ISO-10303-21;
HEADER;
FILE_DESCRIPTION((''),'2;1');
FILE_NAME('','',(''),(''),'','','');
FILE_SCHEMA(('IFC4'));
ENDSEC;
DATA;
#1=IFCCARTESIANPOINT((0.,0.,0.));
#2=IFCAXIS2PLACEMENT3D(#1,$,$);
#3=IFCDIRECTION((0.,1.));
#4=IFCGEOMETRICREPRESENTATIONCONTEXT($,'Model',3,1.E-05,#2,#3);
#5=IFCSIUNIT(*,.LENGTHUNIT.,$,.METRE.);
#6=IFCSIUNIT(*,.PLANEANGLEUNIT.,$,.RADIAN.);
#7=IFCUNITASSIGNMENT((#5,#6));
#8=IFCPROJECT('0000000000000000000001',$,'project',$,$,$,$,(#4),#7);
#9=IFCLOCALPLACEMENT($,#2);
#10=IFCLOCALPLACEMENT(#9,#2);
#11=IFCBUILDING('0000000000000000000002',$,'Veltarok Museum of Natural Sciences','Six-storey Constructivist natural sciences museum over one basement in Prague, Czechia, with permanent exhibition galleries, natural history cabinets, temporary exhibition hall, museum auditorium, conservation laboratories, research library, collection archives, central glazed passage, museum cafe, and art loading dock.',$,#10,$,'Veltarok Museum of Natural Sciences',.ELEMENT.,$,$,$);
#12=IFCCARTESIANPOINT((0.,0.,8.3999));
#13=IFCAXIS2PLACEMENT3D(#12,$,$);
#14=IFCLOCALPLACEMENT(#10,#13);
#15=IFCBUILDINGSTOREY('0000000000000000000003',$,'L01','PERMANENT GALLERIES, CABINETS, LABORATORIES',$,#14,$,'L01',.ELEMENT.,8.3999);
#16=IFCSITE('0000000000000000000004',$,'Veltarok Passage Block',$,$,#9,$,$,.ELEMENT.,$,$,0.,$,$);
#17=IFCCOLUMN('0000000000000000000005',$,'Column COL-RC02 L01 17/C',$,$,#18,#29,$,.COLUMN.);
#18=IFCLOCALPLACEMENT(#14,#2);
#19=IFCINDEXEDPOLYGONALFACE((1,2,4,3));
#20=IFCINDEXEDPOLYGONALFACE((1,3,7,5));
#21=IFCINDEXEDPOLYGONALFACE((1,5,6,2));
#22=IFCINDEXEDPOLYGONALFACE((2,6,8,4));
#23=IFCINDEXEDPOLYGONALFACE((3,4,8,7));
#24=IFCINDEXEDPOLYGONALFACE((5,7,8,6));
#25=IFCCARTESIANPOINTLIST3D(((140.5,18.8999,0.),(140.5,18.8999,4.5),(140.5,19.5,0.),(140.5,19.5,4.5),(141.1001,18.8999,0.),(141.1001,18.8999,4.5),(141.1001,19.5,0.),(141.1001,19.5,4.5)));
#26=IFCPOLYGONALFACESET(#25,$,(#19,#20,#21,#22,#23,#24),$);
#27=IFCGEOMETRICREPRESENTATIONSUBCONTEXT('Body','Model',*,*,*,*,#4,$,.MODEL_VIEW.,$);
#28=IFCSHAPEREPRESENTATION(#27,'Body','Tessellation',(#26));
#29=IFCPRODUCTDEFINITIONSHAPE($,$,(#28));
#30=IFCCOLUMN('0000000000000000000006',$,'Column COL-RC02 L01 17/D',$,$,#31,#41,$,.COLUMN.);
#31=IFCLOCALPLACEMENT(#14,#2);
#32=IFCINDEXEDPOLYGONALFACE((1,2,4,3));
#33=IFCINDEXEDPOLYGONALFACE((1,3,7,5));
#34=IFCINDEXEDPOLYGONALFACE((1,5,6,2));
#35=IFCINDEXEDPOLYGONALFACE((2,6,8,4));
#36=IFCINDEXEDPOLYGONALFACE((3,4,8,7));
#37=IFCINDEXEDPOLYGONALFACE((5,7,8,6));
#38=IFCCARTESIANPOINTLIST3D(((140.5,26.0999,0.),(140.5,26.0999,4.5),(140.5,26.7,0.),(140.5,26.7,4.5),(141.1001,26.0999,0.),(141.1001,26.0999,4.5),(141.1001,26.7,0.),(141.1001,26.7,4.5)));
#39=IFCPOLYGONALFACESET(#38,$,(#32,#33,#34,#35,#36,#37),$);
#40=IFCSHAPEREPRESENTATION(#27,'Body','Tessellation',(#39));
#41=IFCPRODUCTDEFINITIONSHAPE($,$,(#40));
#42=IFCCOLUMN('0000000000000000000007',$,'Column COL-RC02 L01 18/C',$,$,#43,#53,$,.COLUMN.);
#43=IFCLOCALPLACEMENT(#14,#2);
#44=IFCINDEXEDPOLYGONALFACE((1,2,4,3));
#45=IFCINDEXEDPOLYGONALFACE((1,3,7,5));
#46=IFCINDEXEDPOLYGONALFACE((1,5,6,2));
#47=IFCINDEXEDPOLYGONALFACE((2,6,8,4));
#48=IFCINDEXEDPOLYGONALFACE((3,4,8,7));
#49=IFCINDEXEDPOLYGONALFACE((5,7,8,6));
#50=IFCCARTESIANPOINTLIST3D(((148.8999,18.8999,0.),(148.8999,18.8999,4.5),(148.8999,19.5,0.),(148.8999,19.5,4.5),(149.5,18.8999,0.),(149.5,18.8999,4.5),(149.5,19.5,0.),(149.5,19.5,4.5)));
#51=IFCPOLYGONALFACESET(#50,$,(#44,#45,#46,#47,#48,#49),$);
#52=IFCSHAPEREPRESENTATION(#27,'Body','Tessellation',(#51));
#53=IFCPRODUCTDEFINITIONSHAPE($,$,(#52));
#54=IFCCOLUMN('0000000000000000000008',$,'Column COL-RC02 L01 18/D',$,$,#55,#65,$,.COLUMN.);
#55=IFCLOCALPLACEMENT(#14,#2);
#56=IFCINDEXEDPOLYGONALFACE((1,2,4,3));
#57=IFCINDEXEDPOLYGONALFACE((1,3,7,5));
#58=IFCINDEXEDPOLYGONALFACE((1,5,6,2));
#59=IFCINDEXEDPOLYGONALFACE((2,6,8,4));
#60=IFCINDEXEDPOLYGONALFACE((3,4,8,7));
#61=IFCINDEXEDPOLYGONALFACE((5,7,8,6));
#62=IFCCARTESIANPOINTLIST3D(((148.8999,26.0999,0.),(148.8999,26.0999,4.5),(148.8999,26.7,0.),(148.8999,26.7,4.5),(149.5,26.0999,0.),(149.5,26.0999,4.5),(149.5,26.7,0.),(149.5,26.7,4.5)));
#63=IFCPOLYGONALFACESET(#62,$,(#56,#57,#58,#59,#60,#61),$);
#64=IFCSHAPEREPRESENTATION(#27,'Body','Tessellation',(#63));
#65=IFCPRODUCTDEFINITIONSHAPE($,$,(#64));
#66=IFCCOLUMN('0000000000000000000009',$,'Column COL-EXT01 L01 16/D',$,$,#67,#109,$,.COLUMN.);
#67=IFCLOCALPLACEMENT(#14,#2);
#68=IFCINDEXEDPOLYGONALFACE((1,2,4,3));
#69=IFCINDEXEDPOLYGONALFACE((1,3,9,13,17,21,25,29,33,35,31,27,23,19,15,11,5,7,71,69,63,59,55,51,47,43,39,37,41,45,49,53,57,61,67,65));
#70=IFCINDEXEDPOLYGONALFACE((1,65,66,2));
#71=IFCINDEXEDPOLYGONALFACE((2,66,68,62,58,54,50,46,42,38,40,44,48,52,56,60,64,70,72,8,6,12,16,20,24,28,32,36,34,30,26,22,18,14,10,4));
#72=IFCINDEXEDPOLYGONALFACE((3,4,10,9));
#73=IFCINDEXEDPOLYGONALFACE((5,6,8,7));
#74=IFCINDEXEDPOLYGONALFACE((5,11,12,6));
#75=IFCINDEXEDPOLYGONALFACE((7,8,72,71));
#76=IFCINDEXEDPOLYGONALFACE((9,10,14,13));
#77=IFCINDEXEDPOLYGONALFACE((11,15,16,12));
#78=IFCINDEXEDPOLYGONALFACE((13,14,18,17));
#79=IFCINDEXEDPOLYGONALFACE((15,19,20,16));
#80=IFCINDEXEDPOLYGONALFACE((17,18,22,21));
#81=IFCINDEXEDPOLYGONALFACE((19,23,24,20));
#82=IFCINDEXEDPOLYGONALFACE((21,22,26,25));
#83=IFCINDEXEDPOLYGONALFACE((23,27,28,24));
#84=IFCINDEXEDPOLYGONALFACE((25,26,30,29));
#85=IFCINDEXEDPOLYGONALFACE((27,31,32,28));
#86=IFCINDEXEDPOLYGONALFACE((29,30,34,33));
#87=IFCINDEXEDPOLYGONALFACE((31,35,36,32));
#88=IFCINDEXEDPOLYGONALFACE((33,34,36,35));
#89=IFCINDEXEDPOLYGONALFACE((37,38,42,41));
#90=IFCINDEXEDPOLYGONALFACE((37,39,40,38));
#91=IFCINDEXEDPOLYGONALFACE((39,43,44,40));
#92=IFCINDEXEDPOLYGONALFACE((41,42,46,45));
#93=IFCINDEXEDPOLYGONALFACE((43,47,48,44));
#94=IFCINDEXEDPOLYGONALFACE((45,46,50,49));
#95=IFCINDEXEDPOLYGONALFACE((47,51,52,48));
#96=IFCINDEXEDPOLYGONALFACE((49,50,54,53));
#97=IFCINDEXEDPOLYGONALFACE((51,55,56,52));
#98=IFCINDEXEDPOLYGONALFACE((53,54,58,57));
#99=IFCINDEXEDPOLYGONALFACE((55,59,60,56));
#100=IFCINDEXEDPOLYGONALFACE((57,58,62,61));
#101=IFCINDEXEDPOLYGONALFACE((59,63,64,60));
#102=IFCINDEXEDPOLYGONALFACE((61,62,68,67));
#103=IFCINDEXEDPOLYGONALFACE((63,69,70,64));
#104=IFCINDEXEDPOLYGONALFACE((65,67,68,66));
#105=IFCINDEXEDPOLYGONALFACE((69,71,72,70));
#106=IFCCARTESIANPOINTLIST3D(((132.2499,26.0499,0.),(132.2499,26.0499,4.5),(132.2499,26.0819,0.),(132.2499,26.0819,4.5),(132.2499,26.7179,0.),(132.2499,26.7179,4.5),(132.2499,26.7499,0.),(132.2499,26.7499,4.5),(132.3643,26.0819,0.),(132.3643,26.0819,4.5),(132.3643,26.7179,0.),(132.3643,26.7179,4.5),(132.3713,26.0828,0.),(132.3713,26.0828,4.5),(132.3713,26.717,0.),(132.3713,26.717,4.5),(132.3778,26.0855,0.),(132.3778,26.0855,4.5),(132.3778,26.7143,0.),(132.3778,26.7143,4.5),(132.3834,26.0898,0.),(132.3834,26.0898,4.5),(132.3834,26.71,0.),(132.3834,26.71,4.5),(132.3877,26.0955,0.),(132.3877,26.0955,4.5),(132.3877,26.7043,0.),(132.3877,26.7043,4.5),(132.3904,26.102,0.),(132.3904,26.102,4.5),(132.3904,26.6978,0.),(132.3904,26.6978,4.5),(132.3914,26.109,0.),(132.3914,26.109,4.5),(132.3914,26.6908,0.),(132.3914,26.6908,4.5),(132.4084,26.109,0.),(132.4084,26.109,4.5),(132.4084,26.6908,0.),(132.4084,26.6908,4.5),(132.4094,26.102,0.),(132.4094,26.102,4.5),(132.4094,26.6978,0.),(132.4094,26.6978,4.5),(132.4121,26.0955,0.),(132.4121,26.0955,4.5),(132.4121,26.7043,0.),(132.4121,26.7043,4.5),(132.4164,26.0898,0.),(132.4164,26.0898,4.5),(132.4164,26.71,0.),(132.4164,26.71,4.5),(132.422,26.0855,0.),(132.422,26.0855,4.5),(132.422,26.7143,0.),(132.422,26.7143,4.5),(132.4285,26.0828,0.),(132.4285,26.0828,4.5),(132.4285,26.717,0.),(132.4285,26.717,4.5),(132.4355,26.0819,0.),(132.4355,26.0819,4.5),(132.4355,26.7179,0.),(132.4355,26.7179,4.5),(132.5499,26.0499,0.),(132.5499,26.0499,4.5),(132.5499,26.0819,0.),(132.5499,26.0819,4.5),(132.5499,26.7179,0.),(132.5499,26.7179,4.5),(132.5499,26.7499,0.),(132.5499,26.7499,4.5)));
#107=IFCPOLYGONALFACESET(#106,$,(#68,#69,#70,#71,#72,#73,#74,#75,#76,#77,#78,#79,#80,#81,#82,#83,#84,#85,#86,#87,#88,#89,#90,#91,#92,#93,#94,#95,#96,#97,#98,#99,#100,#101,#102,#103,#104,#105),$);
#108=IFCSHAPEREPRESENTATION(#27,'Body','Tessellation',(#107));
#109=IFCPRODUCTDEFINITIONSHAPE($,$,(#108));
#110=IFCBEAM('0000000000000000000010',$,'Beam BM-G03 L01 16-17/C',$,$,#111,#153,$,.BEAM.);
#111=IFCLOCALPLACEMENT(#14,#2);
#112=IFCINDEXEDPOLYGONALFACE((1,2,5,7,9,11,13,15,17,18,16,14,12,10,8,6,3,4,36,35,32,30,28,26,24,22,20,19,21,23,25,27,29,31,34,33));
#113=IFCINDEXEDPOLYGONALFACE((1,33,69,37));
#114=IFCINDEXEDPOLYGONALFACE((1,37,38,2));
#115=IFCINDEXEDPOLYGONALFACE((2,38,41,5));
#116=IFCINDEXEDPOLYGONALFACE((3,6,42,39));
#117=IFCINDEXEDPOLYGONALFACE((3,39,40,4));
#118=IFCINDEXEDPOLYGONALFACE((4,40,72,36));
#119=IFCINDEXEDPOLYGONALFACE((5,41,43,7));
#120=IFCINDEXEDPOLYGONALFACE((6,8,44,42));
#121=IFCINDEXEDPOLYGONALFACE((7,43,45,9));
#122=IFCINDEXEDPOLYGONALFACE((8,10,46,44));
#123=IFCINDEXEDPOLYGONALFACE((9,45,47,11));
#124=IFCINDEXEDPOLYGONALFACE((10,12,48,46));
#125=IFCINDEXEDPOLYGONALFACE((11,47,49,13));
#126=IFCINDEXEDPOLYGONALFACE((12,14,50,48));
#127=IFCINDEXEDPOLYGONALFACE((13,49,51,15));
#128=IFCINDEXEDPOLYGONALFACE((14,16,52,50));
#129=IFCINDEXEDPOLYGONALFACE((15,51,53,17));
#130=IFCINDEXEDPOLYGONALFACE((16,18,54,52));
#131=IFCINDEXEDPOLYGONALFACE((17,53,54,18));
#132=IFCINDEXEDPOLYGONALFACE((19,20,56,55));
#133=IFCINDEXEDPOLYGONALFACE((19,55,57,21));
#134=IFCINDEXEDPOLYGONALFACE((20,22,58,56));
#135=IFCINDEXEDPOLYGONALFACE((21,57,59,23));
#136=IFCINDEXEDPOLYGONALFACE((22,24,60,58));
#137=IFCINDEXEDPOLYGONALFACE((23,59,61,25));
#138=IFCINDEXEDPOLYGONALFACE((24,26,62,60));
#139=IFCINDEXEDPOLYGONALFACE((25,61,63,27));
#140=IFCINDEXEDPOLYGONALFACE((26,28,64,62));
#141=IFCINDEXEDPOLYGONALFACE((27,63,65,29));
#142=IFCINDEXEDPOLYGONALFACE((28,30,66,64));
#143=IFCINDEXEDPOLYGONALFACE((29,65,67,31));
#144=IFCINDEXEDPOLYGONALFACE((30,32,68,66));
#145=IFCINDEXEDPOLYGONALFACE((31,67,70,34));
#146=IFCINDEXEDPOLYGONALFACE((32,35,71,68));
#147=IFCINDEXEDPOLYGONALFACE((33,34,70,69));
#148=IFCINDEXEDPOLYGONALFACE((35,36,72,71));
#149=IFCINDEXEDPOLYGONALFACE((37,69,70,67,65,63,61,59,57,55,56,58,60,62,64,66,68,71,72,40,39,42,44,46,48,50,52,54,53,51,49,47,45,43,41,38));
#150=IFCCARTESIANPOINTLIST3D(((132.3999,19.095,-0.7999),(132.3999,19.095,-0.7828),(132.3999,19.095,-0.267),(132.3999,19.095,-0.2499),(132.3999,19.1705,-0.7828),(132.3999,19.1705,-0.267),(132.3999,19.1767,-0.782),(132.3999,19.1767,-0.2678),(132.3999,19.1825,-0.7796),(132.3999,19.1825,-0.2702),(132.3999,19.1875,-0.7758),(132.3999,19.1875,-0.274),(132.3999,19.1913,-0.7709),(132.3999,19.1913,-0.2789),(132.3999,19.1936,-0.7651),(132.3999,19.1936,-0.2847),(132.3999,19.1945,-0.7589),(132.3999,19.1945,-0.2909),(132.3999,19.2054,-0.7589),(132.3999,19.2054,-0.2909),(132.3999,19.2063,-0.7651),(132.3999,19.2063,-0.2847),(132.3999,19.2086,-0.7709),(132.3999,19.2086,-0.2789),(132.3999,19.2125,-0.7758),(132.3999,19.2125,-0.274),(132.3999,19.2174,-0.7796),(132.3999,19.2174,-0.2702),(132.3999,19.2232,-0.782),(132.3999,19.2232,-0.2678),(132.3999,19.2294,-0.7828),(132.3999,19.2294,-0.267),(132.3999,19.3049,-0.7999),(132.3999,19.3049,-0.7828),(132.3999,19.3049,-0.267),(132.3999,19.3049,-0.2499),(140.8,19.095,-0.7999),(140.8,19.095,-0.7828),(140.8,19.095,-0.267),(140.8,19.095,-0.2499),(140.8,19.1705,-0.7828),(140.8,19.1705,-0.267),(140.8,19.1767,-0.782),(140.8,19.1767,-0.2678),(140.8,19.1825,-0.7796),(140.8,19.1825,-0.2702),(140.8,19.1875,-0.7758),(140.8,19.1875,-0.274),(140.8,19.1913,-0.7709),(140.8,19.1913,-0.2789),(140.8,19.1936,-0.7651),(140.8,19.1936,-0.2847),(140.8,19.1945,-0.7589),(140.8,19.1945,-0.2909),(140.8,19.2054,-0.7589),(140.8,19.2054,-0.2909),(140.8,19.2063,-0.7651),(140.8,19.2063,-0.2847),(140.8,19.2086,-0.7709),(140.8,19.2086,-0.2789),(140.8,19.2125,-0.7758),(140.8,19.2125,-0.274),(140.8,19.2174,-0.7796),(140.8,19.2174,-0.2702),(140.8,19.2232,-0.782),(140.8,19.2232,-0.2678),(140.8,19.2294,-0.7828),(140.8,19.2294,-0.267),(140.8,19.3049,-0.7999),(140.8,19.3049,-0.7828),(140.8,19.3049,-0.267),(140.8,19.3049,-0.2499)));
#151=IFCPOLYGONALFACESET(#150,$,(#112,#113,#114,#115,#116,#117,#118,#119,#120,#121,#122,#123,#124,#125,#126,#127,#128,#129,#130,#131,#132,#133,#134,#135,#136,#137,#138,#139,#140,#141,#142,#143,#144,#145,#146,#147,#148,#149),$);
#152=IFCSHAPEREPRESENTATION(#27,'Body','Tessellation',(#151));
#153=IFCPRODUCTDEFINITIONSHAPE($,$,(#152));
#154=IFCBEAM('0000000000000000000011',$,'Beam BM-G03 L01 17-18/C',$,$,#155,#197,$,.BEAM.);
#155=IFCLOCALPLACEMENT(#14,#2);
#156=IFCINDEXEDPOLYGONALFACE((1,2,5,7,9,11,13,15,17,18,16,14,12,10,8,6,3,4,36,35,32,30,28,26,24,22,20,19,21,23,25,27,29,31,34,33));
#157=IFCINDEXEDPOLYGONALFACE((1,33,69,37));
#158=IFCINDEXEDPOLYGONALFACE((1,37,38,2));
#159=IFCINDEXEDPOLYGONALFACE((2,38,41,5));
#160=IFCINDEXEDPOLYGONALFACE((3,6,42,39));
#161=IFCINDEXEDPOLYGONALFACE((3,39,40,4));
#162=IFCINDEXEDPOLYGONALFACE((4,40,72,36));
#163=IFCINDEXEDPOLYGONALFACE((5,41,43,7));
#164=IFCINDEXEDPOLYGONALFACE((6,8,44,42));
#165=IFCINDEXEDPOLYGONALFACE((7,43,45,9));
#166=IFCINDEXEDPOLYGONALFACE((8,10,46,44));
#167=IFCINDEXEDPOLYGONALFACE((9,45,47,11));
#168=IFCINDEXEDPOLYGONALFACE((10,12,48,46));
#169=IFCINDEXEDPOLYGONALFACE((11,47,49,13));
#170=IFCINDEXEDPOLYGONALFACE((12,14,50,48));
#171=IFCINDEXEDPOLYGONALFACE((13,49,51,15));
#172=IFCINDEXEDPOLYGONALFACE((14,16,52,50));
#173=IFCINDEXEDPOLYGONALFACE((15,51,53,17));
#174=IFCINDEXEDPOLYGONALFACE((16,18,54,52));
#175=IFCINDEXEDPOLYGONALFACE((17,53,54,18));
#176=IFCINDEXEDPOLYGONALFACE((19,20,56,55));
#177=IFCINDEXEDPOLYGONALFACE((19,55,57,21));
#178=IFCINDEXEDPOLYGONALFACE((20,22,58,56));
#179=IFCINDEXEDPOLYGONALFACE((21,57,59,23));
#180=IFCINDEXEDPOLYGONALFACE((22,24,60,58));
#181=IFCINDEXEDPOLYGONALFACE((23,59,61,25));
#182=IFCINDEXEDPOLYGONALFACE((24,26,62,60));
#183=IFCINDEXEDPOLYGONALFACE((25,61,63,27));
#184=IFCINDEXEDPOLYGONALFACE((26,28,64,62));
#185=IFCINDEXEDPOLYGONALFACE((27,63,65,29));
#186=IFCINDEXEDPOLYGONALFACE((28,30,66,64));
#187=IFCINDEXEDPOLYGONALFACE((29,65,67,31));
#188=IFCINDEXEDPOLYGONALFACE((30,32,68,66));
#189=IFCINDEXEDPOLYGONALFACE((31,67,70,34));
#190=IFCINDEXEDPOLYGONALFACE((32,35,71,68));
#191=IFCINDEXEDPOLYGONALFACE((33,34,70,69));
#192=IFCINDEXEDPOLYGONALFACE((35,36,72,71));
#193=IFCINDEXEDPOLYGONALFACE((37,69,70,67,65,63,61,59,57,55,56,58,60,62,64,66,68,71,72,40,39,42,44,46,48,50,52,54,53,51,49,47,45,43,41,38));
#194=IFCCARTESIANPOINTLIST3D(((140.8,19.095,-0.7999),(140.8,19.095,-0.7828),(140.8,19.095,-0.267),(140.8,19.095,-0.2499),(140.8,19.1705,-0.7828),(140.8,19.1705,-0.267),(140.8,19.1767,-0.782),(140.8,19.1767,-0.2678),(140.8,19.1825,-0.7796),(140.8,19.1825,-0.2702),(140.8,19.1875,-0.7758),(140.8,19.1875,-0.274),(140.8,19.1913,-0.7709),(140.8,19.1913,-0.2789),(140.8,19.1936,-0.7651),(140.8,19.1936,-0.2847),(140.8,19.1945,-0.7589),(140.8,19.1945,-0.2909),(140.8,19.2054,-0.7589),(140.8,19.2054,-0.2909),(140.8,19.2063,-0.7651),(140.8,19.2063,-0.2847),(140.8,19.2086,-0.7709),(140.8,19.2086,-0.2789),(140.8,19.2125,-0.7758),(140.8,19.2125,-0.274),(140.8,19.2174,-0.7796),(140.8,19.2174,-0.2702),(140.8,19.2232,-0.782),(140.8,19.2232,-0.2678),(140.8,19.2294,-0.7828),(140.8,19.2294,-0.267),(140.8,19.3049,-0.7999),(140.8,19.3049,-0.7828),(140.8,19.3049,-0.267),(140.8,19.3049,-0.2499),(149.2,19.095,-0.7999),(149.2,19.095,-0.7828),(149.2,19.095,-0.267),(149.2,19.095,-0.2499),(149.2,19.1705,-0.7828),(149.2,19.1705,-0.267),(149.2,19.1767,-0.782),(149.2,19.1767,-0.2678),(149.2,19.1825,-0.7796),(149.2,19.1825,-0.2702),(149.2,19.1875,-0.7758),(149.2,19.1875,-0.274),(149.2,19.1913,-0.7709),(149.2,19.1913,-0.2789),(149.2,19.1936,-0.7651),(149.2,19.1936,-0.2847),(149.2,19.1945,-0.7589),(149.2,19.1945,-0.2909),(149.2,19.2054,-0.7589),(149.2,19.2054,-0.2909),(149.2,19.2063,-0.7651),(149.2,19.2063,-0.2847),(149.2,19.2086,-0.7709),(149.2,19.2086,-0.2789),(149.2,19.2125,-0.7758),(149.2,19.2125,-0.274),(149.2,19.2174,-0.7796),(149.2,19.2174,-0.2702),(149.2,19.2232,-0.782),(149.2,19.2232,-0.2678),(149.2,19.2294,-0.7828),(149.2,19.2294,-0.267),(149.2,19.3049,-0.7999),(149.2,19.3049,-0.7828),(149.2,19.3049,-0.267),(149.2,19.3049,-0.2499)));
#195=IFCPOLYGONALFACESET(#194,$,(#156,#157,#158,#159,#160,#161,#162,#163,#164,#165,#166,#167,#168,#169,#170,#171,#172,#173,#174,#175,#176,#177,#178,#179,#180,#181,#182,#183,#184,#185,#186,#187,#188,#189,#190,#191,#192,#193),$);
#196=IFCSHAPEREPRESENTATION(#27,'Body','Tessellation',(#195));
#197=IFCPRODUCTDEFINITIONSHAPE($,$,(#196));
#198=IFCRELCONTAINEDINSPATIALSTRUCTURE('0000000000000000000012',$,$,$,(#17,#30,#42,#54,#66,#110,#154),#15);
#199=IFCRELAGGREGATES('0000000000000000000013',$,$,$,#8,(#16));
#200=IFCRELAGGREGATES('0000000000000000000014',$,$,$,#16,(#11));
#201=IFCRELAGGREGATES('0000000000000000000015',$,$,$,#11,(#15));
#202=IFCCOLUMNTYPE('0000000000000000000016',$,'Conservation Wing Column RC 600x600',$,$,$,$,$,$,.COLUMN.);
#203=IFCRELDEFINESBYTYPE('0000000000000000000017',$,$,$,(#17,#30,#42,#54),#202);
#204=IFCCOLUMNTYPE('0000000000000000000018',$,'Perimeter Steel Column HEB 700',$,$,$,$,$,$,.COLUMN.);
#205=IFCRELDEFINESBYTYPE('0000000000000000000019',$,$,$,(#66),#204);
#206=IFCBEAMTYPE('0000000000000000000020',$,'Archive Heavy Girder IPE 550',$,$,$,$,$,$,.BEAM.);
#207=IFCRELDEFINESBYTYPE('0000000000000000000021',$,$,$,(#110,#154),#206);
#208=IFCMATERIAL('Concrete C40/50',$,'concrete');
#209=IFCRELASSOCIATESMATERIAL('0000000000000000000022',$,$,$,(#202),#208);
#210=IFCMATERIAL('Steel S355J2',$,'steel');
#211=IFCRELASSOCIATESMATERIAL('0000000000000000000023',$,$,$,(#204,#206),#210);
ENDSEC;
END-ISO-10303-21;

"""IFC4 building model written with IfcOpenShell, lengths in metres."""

from ifc_helpers import new_model, si_unit, direction, frame, origin, origin_2d, place, context, subcontext, project, spatial, rectangle, i_section, extrude, material, material_profile, profile_set, type_object, element, save


model = new_model("IFC4")

# Units and contexts
model_context = context("Model", 3, precision=1e-05, world=origin(), true_north=direction((0.0, 1.0)))
body_context = subcontext(model_context, "Body", "Model", "MODEL_VIEW")
ifc_project = project(units=[si_unit("LENGTHUNIT", "METRE"), si_unit("PLANEANGLEUNIT", "RADIAN")], contexts=[model_context])

# Site, building, storey
site_placement = place(None, origin())
site = spatial("IfcSite", under=ifc_project, at=site_placement, Name="Veltarok Passage Block", CompositionType="ELEMENT", RefElevation=0.0)
building_placement = place(site_placement, origin())
building = spatial("IfcBuilding", under=site, at=building_placement, Name="Veltarok Museum of Natural Sciences", Description="Six-storey Constructivist natural sciences museum over one basement in Prague, Czechia, with permanent exhibition galleries, natural history cabinets, temporary exhibition hall, museum auditorium, conservation laboratories, research library, collection archives, central glazed passage, museum cafe, and art loading dock.", LongName="Veltarok Museum of Natural Sciences", CompositionType="ELEMENT")
storey_placement = place(building_placement, frame((0.0, 0.0, 8.3999)))
storey = spatial("IfcBuildingStorey", under=building, at=storey_placement, Name="L01", Description="PERMANENT GALLERIES, CABINETS, LABORATORIES", LongName="L01", CompositionType="ELEMENT", Elevation=8.3999)

# Columns
ifc_material_1 = material(Name="Concrete C40/50", Category="concrete")
ifc_material_profile_1 = material_profile(ifc_material_1, rectangle(XDim=0.6001, YDim=0.6001, at=origin_2d()), Name="RC 600x600")
ifc_profile_set_1 = profile_set([ifc_material_profile_1], Name="Concrete C40/50")
column_type_1 = type_object("IfcColumnType", Name="Conservation Wing Column RC 600x600", PredefinedType="COLUMN", material=ifc_profile_set_1)
for number, where, z_axis, x_axis, name in (
    (1, (140.8, 19.2, 0.0), (0.0, 0.0, 1.0), (1.0, 0.0, 0.0), "Column COL-RC02 L01 17/C"),
    (2, (140.8, 26.3999, 0.0), (0.0, 0.0, 1.0), (1.0, 0.0, 0.0), "Column COL-RC02 L01 17/D"),
    (3, (149.2, 19.2, 0.0), (0.0, 0.0, 1.0), (1.0, 0.0, 0.0), "Column COL-RC02 L01 18/C"),
    (4, (149.2, 26.3999, 0.0), (0.0, 0.0, 1.0), (1.0, 0.0, 0.0), "Column COL-RC02 L01 18/D"),
):
    element("IfcColumn", number, at=place(storey_placement, frame(where, z_axis=z_axis, x_axis=x_axis)), inside=storey, type_object=column_type_1, Name=name, PredefinedType="COLUMN", context=body_context, shape_type="SweptSolid", body=[
        extrude(rectangle(XDim=0.6001, YDim=0.6001, at=origin_2d()), origin(), (0.0, 0.0, 1.0), 4.5),
    ])
ifc_material_2 = material(Name="Steel S355J2", Category="steel")
ifc_material_profile_2 = material_profile(ifc_material_2, i_section(OverallWidth=0.3, OverallDepth=0.7, WebThickness=0.0171, FlangeThickness=0.032, FilletRadius=0.0271, at=origin_2d()), Name="HEB 700")
ifc_profile_set_2 = profile_set([ifc_material_profile_2], Name="Steel S355J2")
column_type_2 = type_object("IfcColumnType", Name="Perimeter Steel Column HEB 700", PredefinedType="COLUMN", material=ifc_profile_set_2)
column_placement = place(storey_placement, frame((132.3999, 26.3999, 0.0), z_axis=(0.0, 0.0, 1.0), x_axis=(1.0, 0.0, 0.0)))
element("IfcColumn", 5, at=column_placement, inside=storey, type_object=column_type_2, Name="Column COL-EXT01 L01 16/D", PredefinedType="COLUMN", context=body_context, shape_type="SweptSolid", body=[
    extrude(i_section(OverallWidth=0.3, OverallDepth=0.7, WebThickness=0.0171, FlangeThickness=0.032, FilletRadius=0.0271, at=origin_2d()), origin(), (0.0, 0.0, 1.0), 4.5),
])

# Beams
ifc_material_profile_3 = material_profile(ifc_material_2, i_section(OverallWidth=0.21, OverallDepth=0.55, WebThickness=0.011, FlangeThickness=0.0171, FilletRadius=0.0239, at=origin_2d()), Name="IPE 550")
ifc_profile_set_3 = profile_set([ifc_material_profile_3], Name="Steel S355J2")
beam_type_1 = type_object("IfcBeamType", Name="Archive Heavy Girder IPE 550", PredefinedType="BEAM", material=ifc_profile_set_3)
beam_1_placement = place(storey_placement, frame((132.3999, 19.2, -0.5249), z_axis=(1.0, 0.0, 0.0), x_axis=(0.0, 1.0, 0.0)))
element("IfcBeam", 6, at=beam_1_placement, inside=storey, type_object=beam_type_1, Name="Beam BM-G03 L01 16-17/C", PredefinedType="BEAM", context=body_context, shape_type="SweptSolid", body=[
    extrude(i_section(OverallWidth=0.21, OverallDepth=0.55, WebThickness=0.011, FlangeThickness=0.0171, FilletRadius=0.0239, at=origin_2d()), origin(), (0.0, 0.0, 1.0), 8.4001),
])
beam_2_placement = place(storey_placement, frame((140.8, 19.2, -0.5249), z_axis=(1.0, 0.0, 0.0), x_axis=(0.0, 1.0, 0.0)))
element("IfcBeam", 7, at=beam_2_placement, inside=storey, type_object=beam_type_1, Name="Beam BM-G03 L01 17-18/C", PredefinedType="BEAM", context=body_context, shape_type="SweptSolid", body=[
    extrude(i_section(OverallWidth=0.21, OverallDepth=0.55, WebThickness=0.011, FlangeThickness=0.0171, FilletRadius=0.0239, at=origin_2d()), origin(), (0.0, 0.0, 1.0), 8.3999),
])

save(model, "model.ifc")
